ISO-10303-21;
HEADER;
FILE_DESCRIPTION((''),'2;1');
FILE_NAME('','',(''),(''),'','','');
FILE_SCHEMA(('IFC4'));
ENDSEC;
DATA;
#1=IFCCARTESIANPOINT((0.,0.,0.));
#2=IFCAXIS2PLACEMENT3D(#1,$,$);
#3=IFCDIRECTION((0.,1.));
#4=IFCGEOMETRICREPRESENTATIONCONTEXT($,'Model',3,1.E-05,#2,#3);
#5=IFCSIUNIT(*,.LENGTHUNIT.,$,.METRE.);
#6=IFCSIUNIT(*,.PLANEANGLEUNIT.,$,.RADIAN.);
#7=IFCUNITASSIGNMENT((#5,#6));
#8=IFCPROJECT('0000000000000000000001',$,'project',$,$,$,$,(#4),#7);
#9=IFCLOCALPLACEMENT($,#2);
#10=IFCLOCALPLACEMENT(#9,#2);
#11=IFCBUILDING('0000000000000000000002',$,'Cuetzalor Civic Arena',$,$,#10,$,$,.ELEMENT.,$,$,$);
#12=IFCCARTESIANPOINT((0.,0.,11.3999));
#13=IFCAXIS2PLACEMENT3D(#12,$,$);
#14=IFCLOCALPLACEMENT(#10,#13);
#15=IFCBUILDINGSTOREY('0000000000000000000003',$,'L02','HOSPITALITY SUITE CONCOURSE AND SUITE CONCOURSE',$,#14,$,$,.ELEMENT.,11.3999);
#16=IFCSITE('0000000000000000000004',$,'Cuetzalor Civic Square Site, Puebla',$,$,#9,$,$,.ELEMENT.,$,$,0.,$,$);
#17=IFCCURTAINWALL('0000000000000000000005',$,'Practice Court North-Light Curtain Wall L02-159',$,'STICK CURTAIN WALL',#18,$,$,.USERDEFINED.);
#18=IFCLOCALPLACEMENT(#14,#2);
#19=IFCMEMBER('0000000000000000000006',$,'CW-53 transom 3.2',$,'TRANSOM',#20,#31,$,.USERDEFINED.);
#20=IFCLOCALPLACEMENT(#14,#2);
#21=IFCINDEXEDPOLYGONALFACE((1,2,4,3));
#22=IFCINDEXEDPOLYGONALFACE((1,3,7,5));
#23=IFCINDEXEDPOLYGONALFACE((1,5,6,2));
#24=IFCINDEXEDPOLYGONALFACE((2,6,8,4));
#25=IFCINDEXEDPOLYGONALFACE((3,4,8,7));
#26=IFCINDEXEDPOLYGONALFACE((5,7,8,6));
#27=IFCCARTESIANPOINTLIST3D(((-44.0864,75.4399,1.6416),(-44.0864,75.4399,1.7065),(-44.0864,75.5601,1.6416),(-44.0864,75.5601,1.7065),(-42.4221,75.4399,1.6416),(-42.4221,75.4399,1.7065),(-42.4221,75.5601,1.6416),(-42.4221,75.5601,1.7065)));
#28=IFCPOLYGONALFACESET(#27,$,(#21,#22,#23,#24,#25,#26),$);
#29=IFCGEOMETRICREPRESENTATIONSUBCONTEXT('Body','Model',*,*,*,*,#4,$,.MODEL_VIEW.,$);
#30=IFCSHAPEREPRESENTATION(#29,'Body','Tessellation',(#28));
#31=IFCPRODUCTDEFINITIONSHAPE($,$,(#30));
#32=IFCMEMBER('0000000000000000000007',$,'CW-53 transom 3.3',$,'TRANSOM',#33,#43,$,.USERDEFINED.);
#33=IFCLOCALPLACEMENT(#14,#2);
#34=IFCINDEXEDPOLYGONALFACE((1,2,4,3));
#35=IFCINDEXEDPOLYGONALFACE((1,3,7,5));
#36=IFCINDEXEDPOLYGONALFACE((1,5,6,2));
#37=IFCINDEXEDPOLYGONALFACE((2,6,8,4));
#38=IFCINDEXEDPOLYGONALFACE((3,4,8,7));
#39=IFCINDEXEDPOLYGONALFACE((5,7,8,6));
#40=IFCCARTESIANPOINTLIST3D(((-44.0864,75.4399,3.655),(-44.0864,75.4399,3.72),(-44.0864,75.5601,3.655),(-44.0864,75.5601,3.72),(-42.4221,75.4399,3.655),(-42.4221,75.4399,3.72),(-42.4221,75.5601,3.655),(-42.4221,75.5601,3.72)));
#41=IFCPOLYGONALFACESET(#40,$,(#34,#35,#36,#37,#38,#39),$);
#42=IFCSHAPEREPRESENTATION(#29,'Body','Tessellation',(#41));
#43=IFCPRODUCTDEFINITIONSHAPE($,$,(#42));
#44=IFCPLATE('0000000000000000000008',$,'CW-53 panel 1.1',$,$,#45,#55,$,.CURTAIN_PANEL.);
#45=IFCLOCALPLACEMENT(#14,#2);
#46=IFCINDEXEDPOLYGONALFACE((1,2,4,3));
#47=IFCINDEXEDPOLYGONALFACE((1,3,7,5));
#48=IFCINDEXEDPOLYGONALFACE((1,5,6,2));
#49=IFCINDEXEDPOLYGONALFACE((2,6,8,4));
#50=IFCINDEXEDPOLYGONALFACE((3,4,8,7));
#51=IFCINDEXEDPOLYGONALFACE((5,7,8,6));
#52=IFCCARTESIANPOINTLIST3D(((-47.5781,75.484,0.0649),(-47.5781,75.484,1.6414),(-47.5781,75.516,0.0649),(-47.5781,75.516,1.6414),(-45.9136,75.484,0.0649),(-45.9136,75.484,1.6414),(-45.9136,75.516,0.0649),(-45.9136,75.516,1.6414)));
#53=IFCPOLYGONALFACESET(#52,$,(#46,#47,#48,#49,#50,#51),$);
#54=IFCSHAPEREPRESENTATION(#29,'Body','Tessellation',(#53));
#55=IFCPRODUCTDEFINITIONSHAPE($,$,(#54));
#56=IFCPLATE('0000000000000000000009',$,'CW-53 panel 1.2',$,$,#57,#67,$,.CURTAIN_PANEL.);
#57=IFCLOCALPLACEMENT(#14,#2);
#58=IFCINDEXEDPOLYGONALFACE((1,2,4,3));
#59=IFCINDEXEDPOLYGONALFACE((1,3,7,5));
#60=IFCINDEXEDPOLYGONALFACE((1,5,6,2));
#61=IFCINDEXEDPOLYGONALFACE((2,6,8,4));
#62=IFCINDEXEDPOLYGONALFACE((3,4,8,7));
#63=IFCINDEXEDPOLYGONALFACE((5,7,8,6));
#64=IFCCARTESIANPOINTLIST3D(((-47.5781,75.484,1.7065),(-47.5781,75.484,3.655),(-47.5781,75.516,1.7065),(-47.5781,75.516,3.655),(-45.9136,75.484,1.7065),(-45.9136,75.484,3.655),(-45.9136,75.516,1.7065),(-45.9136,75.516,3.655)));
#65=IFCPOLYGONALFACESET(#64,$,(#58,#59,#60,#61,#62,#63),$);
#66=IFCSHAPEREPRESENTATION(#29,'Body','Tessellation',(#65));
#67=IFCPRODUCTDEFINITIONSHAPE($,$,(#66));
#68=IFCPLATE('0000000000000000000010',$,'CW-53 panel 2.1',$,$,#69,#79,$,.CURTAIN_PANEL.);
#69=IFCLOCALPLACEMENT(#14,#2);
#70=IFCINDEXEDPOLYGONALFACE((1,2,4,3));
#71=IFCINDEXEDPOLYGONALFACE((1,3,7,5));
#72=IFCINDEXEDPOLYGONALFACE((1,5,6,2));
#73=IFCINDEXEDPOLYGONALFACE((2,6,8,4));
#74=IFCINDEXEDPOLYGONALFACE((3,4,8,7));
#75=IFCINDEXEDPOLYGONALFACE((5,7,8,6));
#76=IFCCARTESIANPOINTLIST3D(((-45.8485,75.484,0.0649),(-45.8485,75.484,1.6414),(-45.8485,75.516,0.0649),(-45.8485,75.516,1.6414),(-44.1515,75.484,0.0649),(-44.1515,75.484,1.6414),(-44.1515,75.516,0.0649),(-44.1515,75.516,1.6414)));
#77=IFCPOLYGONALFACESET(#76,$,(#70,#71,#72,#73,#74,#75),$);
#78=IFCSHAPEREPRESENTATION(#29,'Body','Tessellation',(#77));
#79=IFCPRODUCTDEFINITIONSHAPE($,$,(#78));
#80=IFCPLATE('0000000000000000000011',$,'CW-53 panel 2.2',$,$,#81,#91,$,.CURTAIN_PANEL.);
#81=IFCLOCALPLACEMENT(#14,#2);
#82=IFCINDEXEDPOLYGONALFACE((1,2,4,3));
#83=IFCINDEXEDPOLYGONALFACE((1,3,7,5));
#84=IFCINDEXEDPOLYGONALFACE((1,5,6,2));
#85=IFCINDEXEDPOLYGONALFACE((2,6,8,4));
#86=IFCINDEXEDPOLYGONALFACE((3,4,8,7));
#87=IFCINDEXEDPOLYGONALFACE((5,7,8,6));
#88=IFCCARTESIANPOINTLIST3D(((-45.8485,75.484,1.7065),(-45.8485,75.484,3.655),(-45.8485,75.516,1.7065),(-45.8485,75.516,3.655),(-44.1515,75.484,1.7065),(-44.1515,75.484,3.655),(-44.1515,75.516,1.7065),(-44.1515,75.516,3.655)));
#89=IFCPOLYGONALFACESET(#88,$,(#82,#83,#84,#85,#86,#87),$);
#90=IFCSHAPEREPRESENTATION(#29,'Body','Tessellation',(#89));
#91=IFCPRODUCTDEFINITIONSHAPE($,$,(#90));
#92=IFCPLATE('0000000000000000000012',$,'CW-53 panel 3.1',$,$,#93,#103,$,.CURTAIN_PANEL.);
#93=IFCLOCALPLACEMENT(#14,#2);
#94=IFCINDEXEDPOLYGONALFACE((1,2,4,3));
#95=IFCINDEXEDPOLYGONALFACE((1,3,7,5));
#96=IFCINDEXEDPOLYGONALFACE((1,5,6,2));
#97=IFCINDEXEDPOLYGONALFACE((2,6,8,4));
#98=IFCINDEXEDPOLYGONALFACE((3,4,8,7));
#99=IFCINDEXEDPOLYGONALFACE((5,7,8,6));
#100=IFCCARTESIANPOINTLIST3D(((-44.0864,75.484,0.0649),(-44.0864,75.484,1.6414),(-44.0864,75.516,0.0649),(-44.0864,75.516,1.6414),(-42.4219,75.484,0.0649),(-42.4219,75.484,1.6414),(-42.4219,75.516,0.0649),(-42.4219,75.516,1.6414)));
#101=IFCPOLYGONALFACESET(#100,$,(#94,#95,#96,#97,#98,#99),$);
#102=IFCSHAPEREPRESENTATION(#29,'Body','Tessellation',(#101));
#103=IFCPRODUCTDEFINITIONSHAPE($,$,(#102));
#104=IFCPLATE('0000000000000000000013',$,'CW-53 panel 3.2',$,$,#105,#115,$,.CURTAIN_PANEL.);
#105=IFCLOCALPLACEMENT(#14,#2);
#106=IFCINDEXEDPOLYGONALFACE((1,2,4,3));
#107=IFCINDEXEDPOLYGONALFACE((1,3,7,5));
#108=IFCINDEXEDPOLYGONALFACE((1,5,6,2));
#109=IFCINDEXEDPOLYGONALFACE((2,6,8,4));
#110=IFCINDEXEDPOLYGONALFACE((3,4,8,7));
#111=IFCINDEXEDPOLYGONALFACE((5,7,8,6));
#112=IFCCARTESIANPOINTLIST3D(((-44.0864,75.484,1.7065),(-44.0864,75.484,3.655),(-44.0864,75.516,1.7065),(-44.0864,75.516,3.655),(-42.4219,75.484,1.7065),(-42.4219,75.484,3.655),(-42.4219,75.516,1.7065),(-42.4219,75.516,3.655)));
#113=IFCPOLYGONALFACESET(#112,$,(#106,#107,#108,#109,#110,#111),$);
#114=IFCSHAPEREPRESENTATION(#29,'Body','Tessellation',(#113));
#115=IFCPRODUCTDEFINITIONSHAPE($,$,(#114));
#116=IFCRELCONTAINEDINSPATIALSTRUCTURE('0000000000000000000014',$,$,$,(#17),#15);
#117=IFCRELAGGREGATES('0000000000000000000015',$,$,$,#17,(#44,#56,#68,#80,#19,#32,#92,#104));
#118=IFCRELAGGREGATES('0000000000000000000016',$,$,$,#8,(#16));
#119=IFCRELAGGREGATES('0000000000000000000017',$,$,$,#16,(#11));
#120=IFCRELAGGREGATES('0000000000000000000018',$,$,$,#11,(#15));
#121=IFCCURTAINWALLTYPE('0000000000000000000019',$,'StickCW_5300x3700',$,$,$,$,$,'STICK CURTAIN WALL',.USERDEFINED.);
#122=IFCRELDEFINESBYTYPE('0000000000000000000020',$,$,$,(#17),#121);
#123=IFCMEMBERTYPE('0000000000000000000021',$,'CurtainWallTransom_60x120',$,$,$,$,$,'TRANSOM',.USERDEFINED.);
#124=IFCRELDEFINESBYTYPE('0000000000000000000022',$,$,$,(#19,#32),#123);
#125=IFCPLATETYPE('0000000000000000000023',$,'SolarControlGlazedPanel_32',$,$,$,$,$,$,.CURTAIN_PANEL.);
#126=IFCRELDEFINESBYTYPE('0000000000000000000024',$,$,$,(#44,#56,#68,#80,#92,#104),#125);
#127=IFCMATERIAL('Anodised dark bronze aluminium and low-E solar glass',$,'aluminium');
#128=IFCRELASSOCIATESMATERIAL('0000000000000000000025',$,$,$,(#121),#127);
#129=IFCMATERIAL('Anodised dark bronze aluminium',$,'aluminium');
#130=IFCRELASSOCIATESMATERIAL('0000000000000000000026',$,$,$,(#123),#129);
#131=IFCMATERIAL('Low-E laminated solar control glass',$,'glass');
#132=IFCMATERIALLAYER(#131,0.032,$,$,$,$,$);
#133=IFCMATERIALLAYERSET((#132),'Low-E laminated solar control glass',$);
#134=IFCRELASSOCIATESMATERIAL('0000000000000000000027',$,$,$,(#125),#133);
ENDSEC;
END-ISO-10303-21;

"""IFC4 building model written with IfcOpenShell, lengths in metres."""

from ifc_helpers import new_model, si_unit, direction, frame, origin, origin_2d, place, context, subcontext, project, spatial, rectangle, extrude, material, layer, layer_set, material_profile, profile_set, type_object, element, aggregate, save


model = new_model("IFC4")

# Units and contexts
model_context = context("Model", 3, precision=1e-05, world=origin(), true_north=direction((0.0, 1.0)))
body_context = subcontext(model_context, "Body", "Model", "MODEL_VIEW")
ifc_project = project(units=[si_unit("LENGTHUNIT", "METRE"), si_unit("PLANEANGLEUNIT", "RADIAN")], contexts=[model_context])

# Site, building, storey
site_placement = place(None, origin())
site = spatial("IfcSite", under=ifc_project, at=site_placement, Name="Cuetzalor Civic Square Site, Puebla", CompositionType="ELEMENT", RefElevation=0.0)
building_placement = place(site_placement, origin())
building = spatial("IfcBuilding", under=site, at=building_placement, Name="Cuetzalor Civic Arena", CompositionType="ELEMENT")
storey_placement = place(building_placement, frame((0.0, 0.0, 11.3999)))
storey = spatial("IfcBuildingStorey", under=building, at=storey_placement, Name="L02", Description="HOSPITALITY SUITE CONCOURSE AND SUITE CONCOURSE", CompositionType="ELEMENT", Elevation=11.3999)

# Curtain wall, members, plates
ifc_material_1 = material(Name="Anodised dark bronze aluminium and low-E solar glass", Category="aluminium")
curtain_wall_type = type_object("IfcCurtainWallType", Name="StickCW_5300x3700", ElementType="STICK CURTAIN WALL", PredefinedType="USERDEFINED", material=ifc_material_1)
curtain_wall_placement = place(storey_placement, origin())
curtain_wall = element("IfcCurtainWall", 1, at=curtain_wall_placement, inside=storey, type_object=curtain_wall_type, Name="Practice Court North-Light Curtain Wall L02-159", ObjectType="STICK CURTAIN WALL", PredefinedType="USERDEFINED")
ifc_material_2 = material(Name="Anodised dark bronze aluminium", Category="aluminium")
ifc_material_profile_1 = material_profile(ifc_material_2, rectangle(XDim=0.1201, YDim=0.0649, at=origin_2d()), Name="ALU TRANSOM 65x120")
ifc_profile_set_1 = profile_set([ifc_material_profile_1], Name="Anodised dark bronze aluminium")
member_type_1 = type_object("IfcMemberType", Name="CurtainWallTransom_60x120", ElementType="TRANSOM", PredefinedType="USERDEFINED", material=ifc_profile_set_1)
member_1_placement = place(storey_placement, frame((-44.0864, 75.5, 1.6741), z_axis=(1.0, 0.0, 0.0), x_axis=(0.0, 1.0, 0.0)))
member_1 = element("IfcMember", 2, at=member_1_placement, type_object=member_type_1, Name="CW-53 transom 3.2", ObjectType="TRANSOM", PredefinedType="USERDEFINED", context=body_context, shape_type="SweptSolid", body=[
    extrude(rectangle(XDim=0.1201, YDim=0.0649, at=origin_2d()), origin(), (0.0, 0.0, 1.0), 1.6643),
])
member_2_placement = place(storey_placement, frame((-44.0864, 75.5, 3.6875), z_axis=(1.0, 0.0, 0.0), x_axis=(0.0, 1.0, 0.0)))
member_2 = element("IfcMember", 3, at=member_2_placement, type_object=member_type_1, Name="CW-53 transom 3.3", ObjectType="TRANSOM", PredefinedType="USERDEFINED", context=body_context, shape_type="SweptSolid", body=[
    extrude(rectangle(XDim=0.1201, YDim=0.0649, at=origin_2d()), origin(), (0.0, 0.0, 1.0), 1.6643),
])
ifc_material_3 = material(Name="Low-E laminated solar control glass", Category="glass")
ifc_layer = layer(ifc_material_3, 0.032)
ifc_layer_set = layer_set([ifc_layer], Name="Low-E laminated solar control glass")
plate_type = type_object("IfcPlateType", Name="SolarControlGlazedPanel_32", PredefinedType="CURTAIN_PANEL", material=ifc_layer_set)
plate_1_placement = place(storey_placement, frame((-46.7458, 75.5, 0.0649), z_axis=(0.0, 0.0, 1.0), x_axis=(1.0, 0.0, 0.0)))
plate_1 = element("IfcPlate", 4, at=plate_1_placement, type_object=plate_type, Name="CW-53 panel 1.1", PredefinedType="CURTAIN_PANEL", context=body_context, shape_type="SweptSolid", body=[
    extrude(rectangle(XDim=1.6646, YDim=0.032, at=origin_2d()), origin(), (0.0, 0.0, 1.0), 1.5764),
])
plate_2_placement = place(storey_placement, frame((-46.7458, 75.5, 1.7065), z_axis=(0.0, 0.0, 1.0), x_axis=(1.0, 0.0, 0.0)))
plate_2 = element("IfcPlate", 5, at=plate_2_placement, type_object=plate_type, Name="CW-53 panel 1.2", PredefinedType="CURTAIN_PANEL", context=body_context, shape_type="SweptSolid", body=[
    extrude(rectangle(XDim=1.6646, YDim=0.032, at=origin_2d()), origin(), (0.0, 0.0, 1.0), 1.9485),
])
plate_3_placement = place(storey_placement, frame((-45.0, 75.5, 0.0649), z_axis=(0.0, 0.0, 1.0), x_axis=(1.0, 0.0, 0.0)))
plate_3 = element("IfcPlate", 6, at=plate_3_placement, type_object=plate_type, Name="CW-53 panel 2.1", PredefinedType="CURTAIN_PANEL", context=body_context, shape_type="SweptSolid", body=[
    extrude(rectangle(XDim=1.697, YDim=0.032, at=origin_2d()), origin(), (0.0, 0.0, 1.0), 1.5764),
])
plate_4_placement = place(storey_placement, frame((-45.0, 75.5, 1.7065), z_axis=(0.0, 0.0, 1.0), x_axis=(1.0, 0.0, 0.0)))
plate_4 = element("IfcPlate", 7, at=plate_4_placement, type_object=plate_type, Name="CW-53 panel 2.2", PredefinedType="CURTAIN_PANEL", context=body_context, shape_type="SweptSolid", body=[
    extrude(rectangle(XDim=1.697, YDim=0.032, at=origin_2d()), origin(), (0.0, 0.0, 1.0), 1.9485),
])
plate_5_placement = place(storey_placement, frame((-43.2542, 75.5, 0.0649), z_axis=(0.0, 0.0, 1.0), x_axis=(1.0, 0.0, 0.0)))
plate_5 = element("IfcPlate", 8, at=plate_5_placement, type_object=plate_type, Name="CW-53 panel 3.1", PredefinedType="CURTAIN_PANEL", context=body_context, shape_type="SweptSolid", body=[
    extrude(rectangle(XDim=1.6646, YDim=0.032, at=origin_2d()), origin(), (0.0, 0.0, 1.0), 1.5764),
])
plate_6_placement = place(storey_placement, frame((-43.2542, 75.5, 1.7065), z_axis=(0.0, 0.0, 1.0), x_axis=(1.0, 0.0, 0.0)))
plate_6 = element("IfcPlate", 9, at=plate_6_placement, type_object=plate_type, Name="CW-53 panel 3.2", PredefinedType="CURTAIN_PANEL", context=body_context, shape_type="SweptSolid", body=[
    extrude(rectangle(XDim=1.6646, YDim=0.032, at=origin_2d()), origin(), (0.0, 0.0, 1.0), 1.9485),
])
aggregate(curtain_wall, [plate_1, plate_2, plate_3, plate_4, member_1, member_2, plate_5, plate_6])

save(model, "model.ifc")
